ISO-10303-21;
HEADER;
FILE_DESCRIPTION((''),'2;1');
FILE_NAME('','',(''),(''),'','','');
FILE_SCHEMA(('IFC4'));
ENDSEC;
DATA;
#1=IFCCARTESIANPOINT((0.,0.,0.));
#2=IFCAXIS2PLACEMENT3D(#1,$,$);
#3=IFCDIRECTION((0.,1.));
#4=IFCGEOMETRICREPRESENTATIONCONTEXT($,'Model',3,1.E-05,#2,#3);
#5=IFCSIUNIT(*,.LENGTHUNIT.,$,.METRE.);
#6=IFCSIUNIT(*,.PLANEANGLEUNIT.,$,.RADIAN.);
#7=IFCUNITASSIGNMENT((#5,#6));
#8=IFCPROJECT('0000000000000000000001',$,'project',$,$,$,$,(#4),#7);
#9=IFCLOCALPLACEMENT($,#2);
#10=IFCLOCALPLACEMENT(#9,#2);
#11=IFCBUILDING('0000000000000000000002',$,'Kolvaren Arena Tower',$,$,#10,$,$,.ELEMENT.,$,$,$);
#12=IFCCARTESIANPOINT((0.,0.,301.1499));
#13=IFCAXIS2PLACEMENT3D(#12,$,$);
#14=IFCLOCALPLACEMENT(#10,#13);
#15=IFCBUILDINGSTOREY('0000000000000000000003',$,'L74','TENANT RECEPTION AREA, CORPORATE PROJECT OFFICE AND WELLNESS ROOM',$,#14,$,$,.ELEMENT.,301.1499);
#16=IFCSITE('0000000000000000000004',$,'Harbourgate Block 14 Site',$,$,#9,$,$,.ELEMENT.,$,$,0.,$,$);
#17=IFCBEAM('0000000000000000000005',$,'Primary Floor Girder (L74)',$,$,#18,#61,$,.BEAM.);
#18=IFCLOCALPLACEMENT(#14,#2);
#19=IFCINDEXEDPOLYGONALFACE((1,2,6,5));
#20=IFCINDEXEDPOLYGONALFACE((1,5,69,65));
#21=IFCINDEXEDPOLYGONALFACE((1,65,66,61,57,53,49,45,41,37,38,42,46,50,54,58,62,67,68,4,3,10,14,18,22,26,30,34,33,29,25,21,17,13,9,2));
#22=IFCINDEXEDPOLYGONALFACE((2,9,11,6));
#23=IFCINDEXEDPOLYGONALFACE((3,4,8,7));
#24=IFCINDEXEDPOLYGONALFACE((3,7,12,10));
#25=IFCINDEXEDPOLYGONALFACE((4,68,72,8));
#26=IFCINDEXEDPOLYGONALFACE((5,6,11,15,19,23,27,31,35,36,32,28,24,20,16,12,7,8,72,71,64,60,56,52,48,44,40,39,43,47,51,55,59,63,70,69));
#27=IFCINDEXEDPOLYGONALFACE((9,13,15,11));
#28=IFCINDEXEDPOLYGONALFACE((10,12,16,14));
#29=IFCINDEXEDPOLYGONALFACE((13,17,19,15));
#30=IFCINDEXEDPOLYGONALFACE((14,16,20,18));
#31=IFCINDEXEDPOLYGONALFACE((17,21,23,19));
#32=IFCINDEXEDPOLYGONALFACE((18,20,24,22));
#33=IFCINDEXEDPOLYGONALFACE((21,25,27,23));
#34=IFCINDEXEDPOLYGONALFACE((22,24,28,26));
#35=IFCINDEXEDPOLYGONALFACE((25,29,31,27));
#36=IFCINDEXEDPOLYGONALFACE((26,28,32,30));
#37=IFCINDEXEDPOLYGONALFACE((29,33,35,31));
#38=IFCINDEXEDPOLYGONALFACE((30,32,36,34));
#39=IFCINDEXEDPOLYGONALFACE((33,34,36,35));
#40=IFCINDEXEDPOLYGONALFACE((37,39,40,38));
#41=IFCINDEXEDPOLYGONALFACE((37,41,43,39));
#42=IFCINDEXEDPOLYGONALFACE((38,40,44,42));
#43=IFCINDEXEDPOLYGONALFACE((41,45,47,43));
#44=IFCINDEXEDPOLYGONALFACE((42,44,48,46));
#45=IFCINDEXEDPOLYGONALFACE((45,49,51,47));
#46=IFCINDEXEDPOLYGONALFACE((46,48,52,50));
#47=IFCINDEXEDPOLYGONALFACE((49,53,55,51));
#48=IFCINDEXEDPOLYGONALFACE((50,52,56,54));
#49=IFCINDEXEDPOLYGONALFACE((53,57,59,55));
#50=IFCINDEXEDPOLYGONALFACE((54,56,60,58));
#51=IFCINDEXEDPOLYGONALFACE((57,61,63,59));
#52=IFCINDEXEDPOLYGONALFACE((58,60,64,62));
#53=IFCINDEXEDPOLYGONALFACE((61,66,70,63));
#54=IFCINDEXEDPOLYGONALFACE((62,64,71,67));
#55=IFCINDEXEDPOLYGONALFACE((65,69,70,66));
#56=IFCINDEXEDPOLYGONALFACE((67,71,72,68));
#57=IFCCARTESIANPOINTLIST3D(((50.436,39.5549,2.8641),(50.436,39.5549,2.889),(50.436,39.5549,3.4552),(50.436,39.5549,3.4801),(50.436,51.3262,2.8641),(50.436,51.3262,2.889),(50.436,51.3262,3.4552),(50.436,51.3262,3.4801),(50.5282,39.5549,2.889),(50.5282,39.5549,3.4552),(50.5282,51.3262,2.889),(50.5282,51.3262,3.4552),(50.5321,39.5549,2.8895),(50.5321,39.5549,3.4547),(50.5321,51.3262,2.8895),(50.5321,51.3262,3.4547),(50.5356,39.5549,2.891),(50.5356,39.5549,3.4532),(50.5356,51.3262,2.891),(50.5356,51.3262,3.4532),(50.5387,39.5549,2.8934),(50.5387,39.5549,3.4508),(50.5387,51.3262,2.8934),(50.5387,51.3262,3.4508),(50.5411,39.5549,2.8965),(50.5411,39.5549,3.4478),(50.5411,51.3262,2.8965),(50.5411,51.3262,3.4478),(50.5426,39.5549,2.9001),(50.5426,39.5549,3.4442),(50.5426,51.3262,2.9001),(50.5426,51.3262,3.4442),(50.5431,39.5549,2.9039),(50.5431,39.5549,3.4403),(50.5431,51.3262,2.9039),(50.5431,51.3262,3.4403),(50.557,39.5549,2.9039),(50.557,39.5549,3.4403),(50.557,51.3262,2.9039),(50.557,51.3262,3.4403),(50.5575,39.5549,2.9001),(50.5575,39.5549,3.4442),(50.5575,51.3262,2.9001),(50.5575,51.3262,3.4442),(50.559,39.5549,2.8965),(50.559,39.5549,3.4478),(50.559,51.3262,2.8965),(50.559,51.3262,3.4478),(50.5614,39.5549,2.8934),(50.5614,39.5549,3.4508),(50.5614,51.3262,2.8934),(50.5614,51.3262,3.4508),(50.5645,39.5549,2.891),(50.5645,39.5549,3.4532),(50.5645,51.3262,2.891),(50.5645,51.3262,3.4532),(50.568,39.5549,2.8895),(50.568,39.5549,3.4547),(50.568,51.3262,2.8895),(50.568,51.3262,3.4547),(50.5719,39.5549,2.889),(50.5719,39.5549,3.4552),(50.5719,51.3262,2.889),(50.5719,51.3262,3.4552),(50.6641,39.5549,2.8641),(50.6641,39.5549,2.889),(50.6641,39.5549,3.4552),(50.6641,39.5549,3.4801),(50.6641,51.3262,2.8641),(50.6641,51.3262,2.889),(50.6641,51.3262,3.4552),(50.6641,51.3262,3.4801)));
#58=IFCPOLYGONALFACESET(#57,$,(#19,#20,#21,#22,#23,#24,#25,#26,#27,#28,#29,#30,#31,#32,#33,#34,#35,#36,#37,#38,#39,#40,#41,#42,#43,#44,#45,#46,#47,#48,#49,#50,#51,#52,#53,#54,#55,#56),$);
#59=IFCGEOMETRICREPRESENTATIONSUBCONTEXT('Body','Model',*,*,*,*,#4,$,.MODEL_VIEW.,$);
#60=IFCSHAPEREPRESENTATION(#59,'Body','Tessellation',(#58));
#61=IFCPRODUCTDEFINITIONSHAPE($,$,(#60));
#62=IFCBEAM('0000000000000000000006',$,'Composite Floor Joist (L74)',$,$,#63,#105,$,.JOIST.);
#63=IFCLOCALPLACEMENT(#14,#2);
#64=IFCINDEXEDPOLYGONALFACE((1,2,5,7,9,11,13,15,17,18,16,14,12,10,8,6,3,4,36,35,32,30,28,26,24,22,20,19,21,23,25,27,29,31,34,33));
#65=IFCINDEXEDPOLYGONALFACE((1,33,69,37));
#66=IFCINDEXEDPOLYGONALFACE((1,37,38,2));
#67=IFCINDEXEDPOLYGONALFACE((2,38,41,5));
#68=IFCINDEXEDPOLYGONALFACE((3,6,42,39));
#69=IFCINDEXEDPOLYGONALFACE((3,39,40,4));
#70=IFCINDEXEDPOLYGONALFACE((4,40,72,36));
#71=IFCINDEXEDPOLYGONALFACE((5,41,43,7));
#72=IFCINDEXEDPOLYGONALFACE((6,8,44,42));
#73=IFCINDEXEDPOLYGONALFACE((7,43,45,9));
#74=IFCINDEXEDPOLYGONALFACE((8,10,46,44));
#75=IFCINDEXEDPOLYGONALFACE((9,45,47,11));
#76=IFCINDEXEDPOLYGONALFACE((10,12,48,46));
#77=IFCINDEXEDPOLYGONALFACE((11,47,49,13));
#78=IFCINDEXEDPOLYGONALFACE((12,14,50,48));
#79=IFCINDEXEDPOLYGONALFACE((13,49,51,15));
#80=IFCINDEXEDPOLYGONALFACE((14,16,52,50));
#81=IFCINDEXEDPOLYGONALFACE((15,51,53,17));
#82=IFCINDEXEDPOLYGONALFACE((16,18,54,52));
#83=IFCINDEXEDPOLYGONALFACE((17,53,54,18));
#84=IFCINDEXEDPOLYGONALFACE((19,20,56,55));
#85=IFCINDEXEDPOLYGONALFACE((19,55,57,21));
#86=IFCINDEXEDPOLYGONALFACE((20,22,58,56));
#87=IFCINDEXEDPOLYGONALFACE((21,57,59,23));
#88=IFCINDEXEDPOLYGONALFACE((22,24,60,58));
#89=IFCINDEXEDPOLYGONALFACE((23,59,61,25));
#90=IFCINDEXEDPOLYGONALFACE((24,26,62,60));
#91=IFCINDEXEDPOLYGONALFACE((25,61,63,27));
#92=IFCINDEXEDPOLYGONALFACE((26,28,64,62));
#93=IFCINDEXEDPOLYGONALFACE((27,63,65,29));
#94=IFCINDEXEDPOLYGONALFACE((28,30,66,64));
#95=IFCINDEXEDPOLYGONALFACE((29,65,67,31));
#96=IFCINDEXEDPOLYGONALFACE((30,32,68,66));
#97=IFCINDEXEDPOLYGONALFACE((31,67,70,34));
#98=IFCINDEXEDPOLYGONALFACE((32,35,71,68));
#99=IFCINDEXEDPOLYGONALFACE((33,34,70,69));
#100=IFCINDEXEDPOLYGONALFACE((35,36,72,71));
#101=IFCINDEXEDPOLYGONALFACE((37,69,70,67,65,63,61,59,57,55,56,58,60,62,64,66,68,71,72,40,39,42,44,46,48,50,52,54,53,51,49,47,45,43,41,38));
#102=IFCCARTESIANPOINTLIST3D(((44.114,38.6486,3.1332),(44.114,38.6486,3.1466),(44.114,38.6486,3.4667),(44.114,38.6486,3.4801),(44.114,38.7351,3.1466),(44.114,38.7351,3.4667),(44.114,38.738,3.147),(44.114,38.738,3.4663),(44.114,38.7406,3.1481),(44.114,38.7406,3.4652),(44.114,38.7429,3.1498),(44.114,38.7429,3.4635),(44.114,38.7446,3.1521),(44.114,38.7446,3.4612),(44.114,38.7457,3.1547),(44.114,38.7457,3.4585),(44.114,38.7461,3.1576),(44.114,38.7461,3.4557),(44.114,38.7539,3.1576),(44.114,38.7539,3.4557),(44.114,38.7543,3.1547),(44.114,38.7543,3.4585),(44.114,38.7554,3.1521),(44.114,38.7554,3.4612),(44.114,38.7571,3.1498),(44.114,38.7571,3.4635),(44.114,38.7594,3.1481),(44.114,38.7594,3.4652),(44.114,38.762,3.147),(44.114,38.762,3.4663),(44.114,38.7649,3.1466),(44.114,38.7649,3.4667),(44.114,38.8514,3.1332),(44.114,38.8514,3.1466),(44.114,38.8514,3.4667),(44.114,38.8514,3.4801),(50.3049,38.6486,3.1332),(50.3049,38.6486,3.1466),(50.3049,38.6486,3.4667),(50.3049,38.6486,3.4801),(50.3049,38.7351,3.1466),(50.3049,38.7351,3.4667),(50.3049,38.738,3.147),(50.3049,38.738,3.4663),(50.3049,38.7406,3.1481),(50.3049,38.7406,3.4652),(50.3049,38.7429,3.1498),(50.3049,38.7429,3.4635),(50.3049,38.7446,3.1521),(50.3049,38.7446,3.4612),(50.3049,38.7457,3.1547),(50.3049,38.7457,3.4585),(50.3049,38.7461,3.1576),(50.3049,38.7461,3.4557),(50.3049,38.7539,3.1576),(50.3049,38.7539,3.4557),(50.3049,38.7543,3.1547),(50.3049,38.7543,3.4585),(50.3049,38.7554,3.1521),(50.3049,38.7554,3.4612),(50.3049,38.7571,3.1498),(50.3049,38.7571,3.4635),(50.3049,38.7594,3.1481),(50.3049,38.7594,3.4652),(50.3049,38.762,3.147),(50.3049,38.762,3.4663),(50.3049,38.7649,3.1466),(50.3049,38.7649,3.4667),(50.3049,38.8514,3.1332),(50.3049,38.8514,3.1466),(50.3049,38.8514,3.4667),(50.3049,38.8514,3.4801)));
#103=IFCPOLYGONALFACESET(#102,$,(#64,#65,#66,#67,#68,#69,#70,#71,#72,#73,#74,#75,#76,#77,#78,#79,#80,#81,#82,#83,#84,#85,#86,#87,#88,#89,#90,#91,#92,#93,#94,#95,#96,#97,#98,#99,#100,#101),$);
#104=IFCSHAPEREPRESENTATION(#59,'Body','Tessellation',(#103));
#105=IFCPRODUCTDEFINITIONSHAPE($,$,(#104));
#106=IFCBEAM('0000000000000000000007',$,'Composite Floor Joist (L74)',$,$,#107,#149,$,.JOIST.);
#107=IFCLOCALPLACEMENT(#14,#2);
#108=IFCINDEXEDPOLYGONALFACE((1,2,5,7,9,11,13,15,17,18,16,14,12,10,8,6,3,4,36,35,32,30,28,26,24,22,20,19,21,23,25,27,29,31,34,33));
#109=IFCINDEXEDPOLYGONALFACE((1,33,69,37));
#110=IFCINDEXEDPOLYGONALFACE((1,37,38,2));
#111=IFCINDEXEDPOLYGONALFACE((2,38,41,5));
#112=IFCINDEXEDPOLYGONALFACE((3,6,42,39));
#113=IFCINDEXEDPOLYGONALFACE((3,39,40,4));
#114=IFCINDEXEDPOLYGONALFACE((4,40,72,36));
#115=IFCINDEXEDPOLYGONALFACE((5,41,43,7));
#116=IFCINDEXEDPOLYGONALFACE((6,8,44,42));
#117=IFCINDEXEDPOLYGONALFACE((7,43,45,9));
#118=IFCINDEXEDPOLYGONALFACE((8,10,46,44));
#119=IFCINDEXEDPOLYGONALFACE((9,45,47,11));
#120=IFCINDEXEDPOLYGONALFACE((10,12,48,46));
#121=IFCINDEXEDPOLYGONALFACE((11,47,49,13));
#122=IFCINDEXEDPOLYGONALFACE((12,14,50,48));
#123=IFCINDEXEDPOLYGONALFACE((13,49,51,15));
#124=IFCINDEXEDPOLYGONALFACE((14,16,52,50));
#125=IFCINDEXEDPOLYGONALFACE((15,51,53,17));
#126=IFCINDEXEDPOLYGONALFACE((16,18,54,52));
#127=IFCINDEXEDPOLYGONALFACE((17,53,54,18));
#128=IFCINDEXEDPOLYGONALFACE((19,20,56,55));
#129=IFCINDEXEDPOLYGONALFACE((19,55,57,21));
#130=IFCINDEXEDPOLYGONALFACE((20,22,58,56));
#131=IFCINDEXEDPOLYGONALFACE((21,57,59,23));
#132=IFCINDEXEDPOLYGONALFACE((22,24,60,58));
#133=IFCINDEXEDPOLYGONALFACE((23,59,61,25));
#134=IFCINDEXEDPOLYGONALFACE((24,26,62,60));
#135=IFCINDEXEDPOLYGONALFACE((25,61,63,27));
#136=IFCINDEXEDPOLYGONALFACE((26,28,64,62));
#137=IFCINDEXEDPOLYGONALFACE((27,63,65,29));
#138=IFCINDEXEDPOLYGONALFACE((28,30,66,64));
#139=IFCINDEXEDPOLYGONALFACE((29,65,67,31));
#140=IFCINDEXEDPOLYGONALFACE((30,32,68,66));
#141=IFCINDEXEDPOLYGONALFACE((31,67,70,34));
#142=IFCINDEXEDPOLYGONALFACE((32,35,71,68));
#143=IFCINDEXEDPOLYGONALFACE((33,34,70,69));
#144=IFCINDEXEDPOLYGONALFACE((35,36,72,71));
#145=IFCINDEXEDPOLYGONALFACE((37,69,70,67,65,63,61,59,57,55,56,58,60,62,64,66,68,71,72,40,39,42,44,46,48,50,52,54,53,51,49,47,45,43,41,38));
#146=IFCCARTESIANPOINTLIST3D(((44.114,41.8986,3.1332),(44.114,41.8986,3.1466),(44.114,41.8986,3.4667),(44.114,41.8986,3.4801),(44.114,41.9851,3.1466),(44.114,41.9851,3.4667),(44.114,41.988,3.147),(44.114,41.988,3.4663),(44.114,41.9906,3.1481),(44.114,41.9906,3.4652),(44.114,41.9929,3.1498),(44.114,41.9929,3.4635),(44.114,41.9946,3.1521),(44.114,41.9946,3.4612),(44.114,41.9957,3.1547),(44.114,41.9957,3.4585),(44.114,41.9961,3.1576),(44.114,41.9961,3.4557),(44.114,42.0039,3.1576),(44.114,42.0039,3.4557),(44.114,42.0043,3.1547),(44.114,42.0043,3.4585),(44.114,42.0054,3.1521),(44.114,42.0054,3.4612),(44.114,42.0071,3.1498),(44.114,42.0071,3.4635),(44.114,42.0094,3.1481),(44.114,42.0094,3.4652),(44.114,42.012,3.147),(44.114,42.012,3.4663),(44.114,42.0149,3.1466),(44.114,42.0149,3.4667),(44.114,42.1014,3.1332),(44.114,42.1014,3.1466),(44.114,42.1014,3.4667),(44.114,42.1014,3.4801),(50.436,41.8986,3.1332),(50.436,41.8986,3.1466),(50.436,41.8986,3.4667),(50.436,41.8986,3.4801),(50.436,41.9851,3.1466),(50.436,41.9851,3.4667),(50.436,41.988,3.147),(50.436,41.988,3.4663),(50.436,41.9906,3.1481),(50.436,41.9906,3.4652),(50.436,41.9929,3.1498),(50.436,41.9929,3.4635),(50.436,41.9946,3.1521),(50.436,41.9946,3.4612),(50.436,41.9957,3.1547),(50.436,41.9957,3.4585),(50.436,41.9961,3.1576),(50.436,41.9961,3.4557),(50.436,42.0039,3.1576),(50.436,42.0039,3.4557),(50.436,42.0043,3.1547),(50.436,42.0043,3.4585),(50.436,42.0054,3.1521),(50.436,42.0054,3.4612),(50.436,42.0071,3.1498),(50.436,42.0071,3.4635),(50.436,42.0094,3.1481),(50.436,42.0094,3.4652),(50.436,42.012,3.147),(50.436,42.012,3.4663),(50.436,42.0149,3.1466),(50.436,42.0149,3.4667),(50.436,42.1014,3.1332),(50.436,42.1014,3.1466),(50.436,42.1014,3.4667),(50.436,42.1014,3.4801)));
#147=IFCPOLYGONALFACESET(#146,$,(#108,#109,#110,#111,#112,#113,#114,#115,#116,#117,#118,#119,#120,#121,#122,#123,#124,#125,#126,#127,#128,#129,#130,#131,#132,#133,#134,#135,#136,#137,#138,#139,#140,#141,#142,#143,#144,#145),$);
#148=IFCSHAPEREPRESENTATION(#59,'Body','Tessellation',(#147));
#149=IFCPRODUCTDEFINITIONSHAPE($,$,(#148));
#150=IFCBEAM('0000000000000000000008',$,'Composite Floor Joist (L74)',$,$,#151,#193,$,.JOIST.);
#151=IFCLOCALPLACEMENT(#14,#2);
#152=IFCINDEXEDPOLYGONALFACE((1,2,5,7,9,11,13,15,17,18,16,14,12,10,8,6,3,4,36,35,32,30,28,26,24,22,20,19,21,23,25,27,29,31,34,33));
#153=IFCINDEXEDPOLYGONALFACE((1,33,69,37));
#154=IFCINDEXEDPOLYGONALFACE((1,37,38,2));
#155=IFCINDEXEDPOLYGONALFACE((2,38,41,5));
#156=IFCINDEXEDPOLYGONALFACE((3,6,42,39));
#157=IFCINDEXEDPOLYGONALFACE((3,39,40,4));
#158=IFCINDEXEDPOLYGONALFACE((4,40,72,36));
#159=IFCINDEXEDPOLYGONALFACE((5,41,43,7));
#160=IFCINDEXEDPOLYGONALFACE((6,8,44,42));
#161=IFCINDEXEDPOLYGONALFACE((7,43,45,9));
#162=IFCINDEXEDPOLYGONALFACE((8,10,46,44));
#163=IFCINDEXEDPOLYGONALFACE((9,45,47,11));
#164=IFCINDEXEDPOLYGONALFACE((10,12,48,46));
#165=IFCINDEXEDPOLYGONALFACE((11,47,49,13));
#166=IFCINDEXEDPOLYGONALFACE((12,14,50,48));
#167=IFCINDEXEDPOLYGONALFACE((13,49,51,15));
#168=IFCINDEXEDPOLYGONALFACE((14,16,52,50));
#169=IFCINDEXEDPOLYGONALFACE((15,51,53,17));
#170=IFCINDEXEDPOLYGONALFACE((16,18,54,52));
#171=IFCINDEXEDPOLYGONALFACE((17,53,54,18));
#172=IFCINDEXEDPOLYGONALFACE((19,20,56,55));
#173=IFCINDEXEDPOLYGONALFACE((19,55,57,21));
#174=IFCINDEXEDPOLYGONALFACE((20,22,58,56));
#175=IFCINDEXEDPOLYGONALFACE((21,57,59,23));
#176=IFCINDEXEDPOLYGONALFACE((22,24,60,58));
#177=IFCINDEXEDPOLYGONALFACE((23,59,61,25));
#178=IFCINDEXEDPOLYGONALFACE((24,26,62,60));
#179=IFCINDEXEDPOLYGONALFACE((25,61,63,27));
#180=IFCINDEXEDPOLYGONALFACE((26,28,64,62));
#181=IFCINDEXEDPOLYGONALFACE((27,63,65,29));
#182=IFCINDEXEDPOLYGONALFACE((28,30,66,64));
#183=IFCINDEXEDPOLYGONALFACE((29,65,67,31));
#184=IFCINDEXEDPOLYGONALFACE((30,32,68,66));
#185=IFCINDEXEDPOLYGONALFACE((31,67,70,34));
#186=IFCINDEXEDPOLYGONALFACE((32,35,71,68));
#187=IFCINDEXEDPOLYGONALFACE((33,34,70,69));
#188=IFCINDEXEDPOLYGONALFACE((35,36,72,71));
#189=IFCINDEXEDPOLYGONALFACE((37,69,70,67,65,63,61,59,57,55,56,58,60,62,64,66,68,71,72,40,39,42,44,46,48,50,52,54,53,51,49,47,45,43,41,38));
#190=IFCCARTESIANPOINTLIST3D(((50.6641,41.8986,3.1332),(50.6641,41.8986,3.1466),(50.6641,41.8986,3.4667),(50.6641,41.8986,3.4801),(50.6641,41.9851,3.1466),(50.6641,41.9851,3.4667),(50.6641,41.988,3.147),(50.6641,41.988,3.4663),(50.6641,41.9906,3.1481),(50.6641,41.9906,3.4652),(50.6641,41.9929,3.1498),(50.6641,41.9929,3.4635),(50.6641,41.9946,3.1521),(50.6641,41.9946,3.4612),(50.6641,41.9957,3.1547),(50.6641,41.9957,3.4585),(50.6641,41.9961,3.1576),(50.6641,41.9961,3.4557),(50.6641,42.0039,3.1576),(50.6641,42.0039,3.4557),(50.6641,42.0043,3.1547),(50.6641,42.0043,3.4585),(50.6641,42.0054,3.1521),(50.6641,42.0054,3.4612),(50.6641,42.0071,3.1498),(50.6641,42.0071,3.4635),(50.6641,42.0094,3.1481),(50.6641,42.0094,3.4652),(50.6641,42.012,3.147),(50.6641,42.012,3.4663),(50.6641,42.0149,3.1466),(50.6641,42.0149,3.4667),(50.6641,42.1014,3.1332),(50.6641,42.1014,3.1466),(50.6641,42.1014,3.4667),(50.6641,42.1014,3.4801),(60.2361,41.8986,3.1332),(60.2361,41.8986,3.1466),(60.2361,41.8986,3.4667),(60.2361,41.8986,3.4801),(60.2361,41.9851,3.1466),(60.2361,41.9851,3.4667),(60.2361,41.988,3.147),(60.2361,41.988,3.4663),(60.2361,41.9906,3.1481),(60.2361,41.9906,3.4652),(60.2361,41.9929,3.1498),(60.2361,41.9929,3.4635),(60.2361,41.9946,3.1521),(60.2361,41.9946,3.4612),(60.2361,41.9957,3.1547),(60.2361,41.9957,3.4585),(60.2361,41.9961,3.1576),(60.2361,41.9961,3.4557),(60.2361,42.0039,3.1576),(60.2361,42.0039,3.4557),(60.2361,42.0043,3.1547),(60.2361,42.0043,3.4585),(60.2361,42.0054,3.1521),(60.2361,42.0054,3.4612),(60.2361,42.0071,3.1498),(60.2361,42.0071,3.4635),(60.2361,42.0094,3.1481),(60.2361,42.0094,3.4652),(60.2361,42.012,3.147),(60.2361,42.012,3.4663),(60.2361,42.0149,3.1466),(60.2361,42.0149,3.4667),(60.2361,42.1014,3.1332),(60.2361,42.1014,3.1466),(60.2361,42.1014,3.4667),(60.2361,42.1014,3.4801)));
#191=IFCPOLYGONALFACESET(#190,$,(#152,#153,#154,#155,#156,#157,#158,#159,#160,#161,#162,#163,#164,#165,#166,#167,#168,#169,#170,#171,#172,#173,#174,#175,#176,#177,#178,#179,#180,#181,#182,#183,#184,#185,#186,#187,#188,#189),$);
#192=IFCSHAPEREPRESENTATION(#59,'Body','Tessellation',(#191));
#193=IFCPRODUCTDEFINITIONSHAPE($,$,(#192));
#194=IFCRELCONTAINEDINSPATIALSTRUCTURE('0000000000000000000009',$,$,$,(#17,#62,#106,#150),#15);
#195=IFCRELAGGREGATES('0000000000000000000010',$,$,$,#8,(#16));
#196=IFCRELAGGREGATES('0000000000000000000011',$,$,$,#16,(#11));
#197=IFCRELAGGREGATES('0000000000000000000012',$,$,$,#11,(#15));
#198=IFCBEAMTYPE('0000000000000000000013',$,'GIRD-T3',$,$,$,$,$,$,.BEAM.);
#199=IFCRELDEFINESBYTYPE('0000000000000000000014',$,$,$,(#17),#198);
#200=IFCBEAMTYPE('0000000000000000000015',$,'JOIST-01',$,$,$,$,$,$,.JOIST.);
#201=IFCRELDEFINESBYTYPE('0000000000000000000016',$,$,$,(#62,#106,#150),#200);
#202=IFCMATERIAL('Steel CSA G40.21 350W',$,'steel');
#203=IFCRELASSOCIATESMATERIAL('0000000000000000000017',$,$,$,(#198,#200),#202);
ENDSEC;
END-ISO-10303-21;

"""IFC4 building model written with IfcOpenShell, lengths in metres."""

from ifc_helpers import new_model, si_unit, direction, frame, origin, origin_2d, place, context, subcontext, project, spatial, i_section, extrude, material, material_profile, profile_set, type_object, element, save


model = new_model("IFC4")

# Units and contexts
model_context = context("Model", 3, precision=1e-05, world=origin(), true_north=direction((0.0, 1.0)))
body_context = subcontext(model_context, "Body", "Model", "MODEL_VIEW")
ifc_project = project(units=[si_unit("LENGTHUNIT", "METRE"), si_unit("PLANEANGLEUNIT", "RADIAN")], contexts=[model_context])

# Site, building, storey
site_placement = place(None, origin())
site = spatial("IfcSite", under=ifc_project, at=site_placement, Name="Harbourgate Block 14 Site", CompositionType="ELEMENT", RefElevation=0.0)
building_placement = place(site_placement, origin())
building = spatial("IfcBuilding", under=site, at=building_placement, Name="Kolvaren Arena Tower", CompositionType="ELEMENT")
storey_placement = place(building_placement, frame((0.0, 0.0, 301.1499)))
storey = spatial("IfcBuildingStorey", under=building, at=storey_placement, Name="L74", Description="TENANT RECEPTION AREA, CORPORATE PROJECT OFFICE AND WELLNESS ROOM", CompositionType="ELEMENT", Elevation=301.1499)

# Beams
ifc_material_1 = material(Name="Steel CSA G40.21 350W", Category="steel")
ifc_material_profile_1 = material_profile(ifc_material_1, i_section(OverallWidth=0.228, OverallDepth=0.616, WebThickness=0.0139, FlangeThickness=0.0249, FilletRadius=0.0149, at=origin_2d()), Name="W610x174")
ifc_profile_set_1 = profile_set([ifc_material_profile_1], Name="Steel CSA G40.21 350W")
beam_type_1 = type_object("IfcBeamType", Name="GIRD-T3", PredefinedType="BEAM", material=ifc_profile_set_1)
beam_1_placement = place(storey_placement, frame((50.55, 39.5549, 3.1721), z_axis=(0.0, 1.0, 0.0), x_axis=(-1.0, 0.0, 0.0)))
element("IfcBeam", 1, at=beam_1_placement, inside=storey, type_object=beam_type_1, Name="Primary Floor Girder (L74)", PredefinedType="BEAM", context=body_context, shape_type="SweptSolid", body=[
    extrude(i_section(OverallWidth=0.228, OverallDepth=0.616, WebThickness=0.0139, FlangeThickness=0.0249, FilletRadius=0.0149, at=origin_2d()), origin(), (0.0, 0.0, 1.0), 11.7712),
])
ifc_material_profile_2 = material_profile(ifc_material_1, i_section(OverallWidth=0.2029, OverallDepth=0.3469, WebThickness=0.0078, FlangeThickness=0.0134, FilletRadius=0.011, at=origin_2d()), Name="W360x64")
ifc_profile_set_2 = profile_set([ifc_material_profile_2], Name="Steel CSA G40.21 350W")
beam_type_2 = type_object("IfcBeamType", Name="JOIST-01", PredefinedType="JOIST", material=ifc_profile_set_2)
beam_2_placement = place(storey_placement, frame((44.114, 38.75, 3.3066), z_axis=(1.0, 0.0, 0.0), x_axis=(0.0, 1.0, 0.0)))
element("IfcBeam", 2, at=beam_2_placement, inside=storey, type_object=beam_type_2, Name="Composite Floor Joist (L74)", PredefinedType="JOIST", context=body_context, shape_type="SweptSolid", body=[
    extrude(i_section(OverallWidth=0.2029, OverallDepth=0.3469, WebThickness=0.0078, FlangeThickness=0.0134, FilletRadius=0.011, at=origin_2d()), origin(), (0.0, 0.0, 1.0), 6.1909),
])
beam_3_placement = place(storey_placement, frame((44.114, 42.0, 3.3066), z_axis=(1.0, 0.0, 0.0), x_axis=(0.0, 1.0, 0.0)))
element("IfcBeam", 3, at=beam_3_placement, inside=storey, type_object=beam_type_2, Name="Composite Floor Joist (L74)", PredefinedType="JOIST", context=body_context, shape_type="SweptSolid", body=[
    extrude(i_section(OverallWidth=0.2029, OverallDepth=0.3469, WebThickness=0.0078, FlangeThickness=0.0134, FilletRadius=0.011, at=origin_2d()), origin(), (0.0, 0.0, 1.0), 6.322),
])
beam_4_placement = place(storey_placement, frame((50.6641, 42.0, 3.3066), z_axis=(1.0, 0.0, 0.0), x_axis=(0.0, 1.0, 0.0)))
element("IfcBeam", 4, at=beam_4_placement, inside=storey, type_object=beam_type_2, Name="Composite Floor Joist (L74)", PredefinedType="JOIST", context=body_context, shape_type="SweptSolid", body=[
    extrude(i_section(OverallWidth=0.2029, OverallDepth=0.3469, WebThickness=0.0078, FlangeThickness=0.0134, FilletRadius=0.011, at=origin_2d()), origin(), (0.0, 0.0, 1.0), 9.572),
])

save(model, "model.ifc")
